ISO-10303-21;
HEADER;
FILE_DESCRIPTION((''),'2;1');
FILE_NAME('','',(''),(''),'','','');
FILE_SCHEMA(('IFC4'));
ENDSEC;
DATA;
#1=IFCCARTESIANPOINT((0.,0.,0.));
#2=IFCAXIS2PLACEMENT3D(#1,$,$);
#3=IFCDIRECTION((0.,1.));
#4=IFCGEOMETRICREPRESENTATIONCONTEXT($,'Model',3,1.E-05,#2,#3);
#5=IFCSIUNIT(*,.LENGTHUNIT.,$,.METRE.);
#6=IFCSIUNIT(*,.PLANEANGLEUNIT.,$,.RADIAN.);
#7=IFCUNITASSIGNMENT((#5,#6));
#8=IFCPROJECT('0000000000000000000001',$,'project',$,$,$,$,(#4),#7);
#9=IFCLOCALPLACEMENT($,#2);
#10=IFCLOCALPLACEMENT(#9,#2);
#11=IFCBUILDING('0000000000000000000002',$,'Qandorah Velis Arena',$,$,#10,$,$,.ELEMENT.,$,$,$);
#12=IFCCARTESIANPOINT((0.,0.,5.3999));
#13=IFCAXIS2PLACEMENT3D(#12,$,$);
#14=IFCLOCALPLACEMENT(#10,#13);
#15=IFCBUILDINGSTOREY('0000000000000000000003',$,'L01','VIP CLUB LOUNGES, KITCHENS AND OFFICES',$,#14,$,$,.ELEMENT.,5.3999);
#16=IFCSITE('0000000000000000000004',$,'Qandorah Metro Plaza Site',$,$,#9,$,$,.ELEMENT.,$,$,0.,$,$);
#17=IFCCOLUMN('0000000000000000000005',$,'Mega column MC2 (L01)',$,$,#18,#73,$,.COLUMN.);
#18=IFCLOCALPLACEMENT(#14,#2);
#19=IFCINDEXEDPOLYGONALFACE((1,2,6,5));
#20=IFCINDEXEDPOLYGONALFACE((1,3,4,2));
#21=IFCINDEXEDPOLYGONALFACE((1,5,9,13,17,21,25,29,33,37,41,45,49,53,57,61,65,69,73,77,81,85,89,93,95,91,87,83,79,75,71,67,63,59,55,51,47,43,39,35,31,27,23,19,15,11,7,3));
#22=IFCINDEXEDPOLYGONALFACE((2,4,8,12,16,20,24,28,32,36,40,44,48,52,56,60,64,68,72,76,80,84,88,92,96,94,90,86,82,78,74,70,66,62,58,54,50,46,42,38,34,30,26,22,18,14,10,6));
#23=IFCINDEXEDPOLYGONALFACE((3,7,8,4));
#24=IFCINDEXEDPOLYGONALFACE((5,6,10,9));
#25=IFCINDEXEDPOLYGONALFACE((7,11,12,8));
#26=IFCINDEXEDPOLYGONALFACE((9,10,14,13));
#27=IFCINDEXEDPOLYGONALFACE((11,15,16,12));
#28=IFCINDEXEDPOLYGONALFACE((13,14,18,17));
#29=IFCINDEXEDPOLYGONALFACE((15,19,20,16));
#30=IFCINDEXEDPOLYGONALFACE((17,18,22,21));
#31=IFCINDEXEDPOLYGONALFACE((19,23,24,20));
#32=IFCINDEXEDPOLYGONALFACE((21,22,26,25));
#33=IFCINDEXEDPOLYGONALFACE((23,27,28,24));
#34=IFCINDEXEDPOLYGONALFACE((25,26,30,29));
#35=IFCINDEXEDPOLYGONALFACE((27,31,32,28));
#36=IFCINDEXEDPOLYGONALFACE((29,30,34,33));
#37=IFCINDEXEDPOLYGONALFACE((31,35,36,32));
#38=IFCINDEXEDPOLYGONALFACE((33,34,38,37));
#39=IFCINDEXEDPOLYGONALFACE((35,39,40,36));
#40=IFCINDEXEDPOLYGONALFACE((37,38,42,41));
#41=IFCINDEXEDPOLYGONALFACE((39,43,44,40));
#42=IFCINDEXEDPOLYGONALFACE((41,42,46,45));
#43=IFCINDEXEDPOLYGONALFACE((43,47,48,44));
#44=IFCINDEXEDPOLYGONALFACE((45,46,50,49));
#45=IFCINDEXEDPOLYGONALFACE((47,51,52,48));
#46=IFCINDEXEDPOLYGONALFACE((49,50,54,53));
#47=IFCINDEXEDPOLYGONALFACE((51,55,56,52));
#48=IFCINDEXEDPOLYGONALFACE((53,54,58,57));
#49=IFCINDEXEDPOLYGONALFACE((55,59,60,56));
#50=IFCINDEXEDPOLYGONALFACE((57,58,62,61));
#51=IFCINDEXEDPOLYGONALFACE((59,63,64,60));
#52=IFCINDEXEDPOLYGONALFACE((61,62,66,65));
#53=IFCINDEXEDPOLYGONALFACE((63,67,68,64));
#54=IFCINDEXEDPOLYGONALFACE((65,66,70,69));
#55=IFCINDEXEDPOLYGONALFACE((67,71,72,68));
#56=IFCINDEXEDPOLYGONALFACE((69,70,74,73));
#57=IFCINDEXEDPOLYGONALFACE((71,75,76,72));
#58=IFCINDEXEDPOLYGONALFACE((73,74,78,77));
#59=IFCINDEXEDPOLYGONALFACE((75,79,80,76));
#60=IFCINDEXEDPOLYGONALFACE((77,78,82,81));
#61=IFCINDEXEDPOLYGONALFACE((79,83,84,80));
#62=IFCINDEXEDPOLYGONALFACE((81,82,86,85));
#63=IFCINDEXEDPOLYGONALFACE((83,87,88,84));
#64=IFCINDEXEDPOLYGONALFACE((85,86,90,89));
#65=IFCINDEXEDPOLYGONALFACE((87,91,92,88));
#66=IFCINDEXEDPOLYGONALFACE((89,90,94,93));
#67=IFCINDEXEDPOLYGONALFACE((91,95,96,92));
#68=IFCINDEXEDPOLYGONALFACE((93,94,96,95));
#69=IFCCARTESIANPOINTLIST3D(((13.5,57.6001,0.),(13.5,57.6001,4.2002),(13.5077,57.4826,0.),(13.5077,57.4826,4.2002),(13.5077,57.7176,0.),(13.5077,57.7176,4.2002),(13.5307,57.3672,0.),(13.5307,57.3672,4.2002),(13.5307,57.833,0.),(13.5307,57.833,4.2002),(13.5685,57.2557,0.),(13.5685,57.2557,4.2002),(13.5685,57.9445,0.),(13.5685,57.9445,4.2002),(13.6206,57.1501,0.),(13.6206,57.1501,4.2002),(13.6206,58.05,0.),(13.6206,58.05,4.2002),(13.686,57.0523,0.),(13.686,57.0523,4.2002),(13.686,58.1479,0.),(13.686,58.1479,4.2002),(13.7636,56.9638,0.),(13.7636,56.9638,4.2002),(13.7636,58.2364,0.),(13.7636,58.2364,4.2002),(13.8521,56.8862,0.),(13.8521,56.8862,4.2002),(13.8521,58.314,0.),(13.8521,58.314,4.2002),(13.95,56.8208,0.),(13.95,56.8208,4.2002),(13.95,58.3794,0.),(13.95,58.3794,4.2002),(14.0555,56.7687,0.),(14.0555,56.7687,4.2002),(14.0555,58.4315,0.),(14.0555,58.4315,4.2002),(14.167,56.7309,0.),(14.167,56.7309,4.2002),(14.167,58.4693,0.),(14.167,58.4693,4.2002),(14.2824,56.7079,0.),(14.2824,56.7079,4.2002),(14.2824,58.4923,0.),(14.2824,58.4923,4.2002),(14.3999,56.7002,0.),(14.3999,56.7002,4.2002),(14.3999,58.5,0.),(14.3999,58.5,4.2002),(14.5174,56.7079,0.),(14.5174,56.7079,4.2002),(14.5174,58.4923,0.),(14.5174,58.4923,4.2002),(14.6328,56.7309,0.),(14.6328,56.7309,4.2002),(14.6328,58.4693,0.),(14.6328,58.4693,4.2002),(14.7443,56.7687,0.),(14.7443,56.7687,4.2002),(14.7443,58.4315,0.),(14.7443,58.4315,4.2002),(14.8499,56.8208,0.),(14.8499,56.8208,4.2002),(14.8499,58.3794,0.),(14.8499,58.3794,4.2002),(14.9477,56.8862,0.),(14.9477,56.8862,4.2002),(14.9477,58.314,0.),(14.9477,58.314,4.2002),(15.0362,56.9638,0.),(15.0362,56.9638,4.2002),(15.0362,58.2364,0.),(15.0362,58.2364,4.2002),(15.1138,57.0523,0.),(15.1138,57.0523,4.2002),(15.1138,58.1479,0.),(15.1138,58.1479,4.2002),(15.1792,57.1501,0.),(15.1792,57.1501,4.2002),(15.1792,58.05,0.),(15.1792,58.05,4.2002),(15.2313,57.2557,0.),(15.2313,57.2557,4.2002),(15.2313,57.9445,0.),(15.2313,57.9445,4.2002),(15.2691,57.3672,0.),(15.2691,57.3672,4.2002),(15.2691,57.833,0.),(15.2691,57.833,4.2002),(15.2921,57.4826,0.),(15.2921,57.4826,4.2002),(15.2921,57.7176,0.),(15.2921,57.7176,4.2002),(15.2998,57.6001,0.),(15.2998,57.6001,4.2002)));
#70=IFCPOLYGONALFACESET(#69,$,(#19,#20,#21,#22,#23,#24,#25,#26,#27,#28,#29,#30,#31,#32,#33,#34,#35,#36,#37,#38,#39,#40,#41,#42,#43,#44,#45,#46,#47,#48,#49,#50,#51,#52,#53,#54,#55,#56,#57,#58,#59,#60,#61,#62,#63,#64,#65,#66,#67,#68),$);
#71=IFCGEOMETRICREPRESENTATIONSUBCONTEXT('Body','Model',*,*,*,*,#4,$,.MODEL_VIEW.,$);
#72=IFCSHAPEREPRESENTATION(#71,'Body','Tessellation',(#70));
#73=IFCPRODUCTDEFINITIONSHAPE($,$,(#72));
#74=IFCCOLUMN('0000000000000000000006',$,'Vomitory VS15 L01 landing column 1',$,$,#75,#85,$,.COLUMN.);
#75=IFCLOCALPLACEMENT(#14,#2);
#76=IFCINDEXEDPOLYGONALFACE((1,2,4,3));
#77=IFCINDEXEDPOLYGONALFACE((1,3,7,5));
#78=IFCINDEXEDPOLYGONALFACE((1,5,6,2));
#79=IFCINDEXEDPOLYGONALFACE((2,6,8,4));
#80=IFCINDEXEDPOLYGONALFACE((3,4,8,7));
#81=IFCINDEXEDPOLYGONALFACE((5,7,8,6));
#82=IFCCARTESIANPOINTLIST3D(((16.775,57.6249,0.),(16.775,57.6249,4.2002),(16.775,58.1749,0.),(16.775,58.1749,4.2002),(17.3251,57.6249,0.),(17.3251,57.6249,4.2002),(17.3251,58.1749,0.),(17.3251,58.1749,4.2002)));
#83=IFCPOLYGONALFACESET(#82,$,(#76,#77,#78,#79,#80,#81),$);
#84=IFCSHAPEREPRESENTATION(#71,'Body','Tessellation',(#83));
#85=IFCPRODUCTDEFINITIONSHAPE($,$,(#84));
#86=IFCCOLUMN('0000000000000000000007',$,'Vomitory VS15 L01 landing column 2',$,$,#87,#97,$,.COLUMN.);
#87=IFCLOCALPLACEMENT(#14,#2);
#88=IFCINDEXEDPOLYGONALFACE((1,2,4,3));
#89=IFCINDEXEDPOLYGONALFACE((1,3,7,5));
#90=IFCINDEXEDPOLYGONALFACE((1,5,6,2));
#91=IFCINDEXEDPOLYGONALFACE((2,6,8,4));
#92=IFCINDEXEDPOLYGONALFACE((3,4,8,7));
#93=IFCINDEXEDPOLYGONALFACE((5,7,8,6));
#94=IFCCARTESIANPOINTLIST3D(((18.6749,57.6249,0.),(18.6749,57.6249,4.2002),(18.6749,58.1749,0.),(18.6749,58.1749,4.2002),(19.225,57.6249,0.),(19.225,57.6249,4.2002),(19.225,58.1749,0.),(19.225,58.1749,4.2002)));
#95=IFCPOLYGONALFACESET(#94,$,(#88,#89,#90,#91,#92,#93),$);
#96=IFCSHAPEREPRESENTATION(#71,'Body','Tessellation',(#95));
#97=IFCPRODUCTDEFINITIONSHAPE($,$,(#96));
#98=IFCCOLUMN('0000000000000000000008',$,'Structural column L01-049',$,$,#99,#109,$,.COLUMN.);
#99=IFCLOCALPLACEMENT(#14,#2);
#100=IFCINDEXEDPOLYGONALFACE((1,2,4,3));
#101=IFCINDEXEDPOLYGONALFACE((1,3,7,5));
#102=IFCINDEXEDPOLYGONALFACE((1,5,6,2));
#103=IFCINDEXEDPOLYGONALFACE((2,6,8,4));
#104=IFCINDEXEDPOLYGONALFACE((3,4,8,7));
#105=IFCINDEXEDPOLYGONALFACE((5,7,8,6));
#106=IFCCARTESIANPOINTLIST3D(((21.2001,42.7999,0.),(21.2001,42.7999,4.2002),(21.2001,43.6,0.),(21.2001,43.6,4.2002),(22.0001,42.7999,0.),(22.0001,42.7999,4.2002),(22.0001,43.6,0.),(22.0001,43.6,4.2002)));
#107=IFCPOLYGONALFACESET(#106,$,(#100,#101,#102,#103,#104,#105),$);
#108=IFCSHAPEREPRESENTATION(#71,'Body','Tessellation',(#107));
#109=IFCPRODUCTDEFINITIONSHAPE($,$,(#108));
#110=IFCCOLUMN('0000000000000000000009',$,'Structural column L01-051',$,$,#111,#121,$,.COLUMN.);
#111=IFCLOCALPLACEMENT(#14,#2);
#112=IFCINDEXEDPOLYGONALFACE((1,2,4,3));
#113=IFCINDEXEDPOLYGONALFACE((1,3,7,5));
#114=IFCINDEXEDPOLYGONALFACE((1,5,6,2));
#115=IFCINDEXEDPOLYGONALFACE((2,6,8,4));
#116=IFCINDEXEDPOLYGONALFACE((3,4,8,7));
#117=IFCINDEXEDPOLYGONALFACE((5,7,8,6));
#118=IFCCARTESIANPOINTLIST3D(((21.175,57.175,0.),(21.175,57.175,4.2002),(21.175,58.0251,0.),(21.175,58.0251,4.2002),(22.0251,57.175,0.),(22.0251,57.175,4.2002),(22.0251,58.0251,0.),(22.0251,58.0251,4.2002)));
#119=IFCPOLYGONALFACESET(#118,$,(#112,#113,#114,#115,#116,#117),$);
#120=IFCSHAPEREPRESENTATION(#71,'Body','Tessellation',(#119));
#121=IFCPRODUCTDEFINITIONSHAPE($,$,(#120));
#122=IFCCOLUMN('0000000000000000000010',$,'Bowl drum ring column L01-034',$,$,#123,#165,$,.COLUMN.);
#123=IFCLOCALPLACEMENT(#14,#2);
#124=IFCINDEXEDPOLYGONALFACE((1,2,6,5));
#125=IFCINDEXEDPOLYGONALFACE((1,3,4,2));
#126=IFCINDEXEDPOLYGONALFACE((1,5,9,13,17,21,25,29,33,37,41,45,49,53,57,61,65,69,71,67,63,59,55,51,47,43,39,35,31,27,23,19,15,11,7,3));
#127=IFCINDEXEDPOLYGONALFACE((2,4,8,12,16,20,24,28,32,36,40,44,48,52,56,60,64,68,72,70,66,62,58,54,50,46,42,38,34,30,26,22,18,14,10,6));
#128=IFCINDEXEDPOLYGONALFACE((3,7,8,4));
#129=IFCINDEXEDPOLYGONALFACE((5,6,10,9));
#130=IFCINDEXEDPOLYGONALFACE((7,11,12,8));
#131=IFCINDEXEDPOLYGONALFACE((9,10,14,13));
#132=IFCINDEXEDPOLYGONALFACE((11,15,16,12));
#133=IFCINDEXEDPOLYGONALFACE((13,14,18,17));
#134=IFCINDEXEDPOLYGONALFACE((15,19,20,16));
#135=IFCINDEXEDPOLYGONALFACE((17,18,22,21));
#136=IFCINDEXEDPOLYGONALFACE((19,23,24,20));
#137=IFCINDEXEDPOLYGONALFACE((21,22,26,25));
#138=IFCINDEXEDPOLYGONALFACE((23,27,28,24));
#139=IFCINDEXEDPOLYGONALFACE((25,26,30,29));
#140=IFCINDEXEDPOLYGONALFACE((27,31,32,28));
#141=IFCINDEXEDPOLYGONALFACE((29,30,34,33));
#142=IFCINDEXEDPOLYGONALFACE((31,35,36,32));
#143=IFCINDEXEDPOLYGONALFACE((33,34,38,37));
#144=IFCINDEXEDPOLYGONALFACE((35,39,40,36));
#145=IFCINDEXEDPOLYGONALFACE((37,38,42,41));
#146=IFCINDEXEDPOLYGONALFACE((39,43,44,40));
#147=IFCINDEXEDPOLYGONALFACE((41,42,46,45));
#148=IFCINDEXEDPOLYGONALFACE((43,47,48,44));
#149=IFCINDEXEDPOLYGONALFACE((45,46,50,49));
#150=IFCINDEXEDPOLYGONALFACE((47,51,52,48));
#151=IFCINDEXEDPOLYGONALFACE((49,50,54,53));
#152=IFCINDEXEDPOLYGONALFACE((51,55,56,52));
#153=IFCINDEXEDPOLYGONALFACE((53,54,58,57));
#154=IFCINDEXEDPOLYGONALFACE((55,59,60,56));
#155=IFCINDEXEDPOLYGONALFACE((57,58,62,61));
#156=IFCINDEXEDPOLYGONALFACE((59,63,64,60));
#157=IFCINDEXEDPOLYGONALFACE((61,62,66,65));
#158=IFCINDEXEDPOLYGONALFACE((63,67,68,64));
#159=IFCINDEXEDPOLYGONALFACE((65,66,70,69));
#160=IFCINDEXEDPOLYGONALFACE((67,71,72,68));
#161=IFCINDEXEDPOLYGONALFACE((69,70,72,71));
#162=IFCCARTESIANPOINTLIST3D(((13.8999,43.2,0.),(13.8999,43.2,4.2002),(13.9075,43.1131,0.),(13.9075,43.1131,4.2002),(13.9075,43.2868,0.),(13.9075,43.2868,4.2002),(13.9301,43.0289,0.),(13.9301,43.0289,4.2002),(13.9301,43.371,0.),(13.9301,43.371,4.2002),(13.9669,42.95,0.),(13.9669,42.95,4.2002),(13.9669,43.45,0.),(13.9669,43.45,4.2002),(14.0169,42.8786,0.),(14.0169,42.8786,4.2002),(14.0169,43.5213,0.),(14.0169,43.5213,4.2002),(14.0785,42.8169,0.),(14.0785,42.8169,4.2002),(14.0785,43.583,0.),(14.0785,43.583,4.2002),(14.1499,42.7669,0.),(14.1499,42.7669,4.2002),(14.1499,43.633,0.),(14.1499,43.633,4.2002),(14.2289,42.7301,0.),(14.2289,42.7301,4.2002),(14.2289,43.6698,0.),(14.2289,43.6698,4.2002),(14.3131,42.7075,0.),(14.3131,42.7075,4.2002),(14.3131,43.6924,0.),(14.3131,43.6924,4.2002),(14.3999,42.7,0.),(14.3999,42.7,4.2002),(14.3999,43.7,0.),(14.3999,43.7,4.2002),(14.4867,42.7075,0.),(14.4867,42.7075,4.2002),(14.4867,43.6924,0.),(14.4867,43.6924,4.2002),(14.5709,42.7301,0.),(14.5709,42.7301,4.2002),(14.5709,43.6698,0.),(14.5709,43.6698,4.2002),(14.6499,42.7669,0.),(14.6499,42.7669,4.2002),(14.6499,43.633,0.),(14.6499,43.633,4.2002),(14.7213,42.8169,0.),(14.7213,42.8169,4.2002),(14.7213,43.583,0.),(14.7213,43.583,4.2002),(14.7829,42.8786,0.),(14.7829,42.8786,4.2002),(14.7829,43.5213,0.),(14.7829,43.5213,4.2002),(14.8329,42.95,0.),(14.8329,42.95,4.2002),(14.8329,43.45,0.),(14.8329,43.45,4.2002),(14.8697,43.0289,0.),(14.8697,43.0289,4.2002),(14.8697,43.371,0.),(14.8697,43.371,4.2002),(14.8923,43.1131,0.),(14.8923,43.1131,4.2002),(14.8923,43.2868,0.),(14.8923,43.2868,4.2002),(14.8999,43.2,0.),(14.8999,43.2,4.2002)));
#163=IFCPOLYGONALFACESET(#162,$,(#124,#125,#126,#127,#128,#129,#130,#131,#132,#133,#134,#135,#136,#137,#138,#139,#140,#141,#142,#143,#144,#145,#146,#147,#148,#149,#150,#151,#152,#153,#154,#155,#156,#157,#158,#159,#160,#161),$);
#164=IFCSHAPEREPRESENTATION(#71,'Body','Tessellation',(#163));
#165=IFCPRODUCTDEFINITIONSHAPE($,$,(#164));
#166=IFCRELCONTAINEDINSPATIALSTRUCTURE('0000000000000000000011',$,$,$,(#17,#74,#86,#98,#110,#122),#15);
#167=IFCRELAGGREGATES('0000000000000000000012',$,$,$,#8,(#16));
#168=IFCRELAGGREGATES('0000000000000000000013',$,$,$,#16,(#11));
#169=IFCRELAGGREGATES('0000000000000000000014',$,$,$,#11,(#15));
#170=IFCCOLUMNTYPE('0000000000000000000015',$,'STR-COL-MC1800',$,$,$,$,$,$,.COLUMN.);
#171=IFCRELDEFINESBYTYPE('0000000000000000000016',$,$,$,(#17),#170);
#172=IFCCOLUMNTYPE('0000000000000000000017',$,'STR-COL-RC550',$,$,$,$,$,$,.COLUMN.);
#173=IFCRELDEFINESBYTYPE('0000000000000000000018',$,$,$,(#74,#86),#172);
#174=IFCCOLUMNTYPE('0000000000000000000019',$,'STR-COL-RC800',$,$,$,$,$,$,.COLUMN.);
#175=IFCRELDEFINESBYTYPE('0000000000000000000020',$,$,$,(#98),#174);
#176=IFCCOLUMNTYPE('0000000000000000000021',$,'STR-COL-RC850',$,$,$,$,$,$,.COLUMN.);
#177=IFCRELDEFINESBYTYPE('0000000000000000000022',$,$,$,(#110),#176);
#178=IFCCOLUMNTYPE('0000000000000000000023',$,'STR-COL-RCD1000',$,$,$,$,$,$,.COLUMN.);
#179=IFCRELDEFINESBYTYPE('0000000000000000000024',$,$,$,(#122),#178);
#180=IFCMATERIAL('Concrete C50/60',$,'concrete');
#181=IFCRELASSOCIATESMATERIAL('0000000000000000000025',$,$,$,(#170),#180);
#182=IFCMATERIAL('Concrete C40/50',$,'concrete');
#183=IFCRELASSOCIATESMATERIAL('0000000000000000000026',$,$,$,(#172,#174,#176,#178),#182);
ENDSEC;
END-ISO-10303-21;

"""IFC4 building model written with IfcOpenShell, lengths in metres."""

from ifc_helpers import new_model, si_unit, direction, frame, origin, origin_2d, place, context, subcontext, project, spatial, rectangle, circle, extrude, material, material_profile, profile_set, type_object, element, save


model = new_model("IFC4")

# Units and contexts
model_context = context("Model", 3, precision=1e-05, world=origin(), true_north=direction((0.0, 1.0)))
body_context = subcontext(model_context, "Body", "Model", "MODEL_VIEW")
ifc_project = project(units=[si_unit("LENGTHUNIT", "METRE"), si_unit("PLANEANGLEUNIT", "RADIAN")], contexts=[model_context])

# Site, building, storey
site_placement = place(None, origin())
site = spatial("IfcSite", under=ifc_project, at=site_placement, Name="Qandorah Metro Plaza Site", CompositionType="ELEMENT", RefElevation=0.0)
building_placement = place(site_placement, origin())
building = spatial("IfcBuilding", under=site, at=building_placement, Name="Qandorah Velis Arena", CompositionType="ELEMENT")
storey_placement = place(building_placement, frame((0.0, 0.0, 5.3999)))
storey = spatial("IfcBuildingStorey", under=building, at=storey_placement, Name="L01", Description="VIP CLUB LOUNGES, KITCHENS AND OFFICES", CompositionType="ELEMENT", Elevation=5.3999)

# Columns
ifc_material_1 = material(Name="Concrete C50/60", Category="concrete")
ifc_material_profile_1 = material_profile(ifc_material_1, circle(Radius=0.8999, at=origin_2d()), Name="MC D1800")
ifc_profile_set_1 = profile_set([ifc_material_profile_1], Name="Concrete C50/60")
column_type_1 = type_object("IfcColumnType", Name="STR-COL-MC1800", PredefinedType="COLUMN", material=ifc_profile_set_1)
column_1_placement = place(storey_placement, frame((14.3999, 57.6001, 0.0), z_axis=(0.0, 0.0, 1.0), x_axis=(1.0, 0.0, 0.0)))
element("IfcColumn", 1, at=column_1_placement, inside=storey, type_object=column_type_1, Name="Mega column MC2 (L01)", PredefinedType="COLUMN", context=body_context, shape_type="SweptSolid", body=[
    extrude(circle(Radius=0.8999, at=origin_2d()), origin(), (0.0, 0.0, 1.0), 4.2002),
])
ifc_material_2 = material(Name="Concrete C40/50", Category="concrete")
ifc_material_profile_2 = material_profile(ifc_material_2, rectangle(XDim=0.55, YDim=0.55, at=origin_2d()), Name="RC COL 550x550")
ifc_profile_set_2 = profile_set([ifc_material_profile_2], Name="Concrete C40/50")
column_type_2 = type_object("IfcColumnType", Name="STR-COL-RC550", PredefinedType="COLUMN", material=ifc_profile_set_2)
for number, where, z_axis, x_axis, name in (
    (2, (17.05, 57.8999, 0.0), (0.0, 0.0, 1.0), (1.0, 0.0, 0.0), "Vomitory VS15 L01 landing column 1"),
    (3, (18.95, 57.8999, 0.0), (0.0, 0.0, 1.0), (1.0, 0.0, 0.0), "Vomitory VS15 L01 landing column 2"),
):
    element("IfcColumn", number, at=place(storey_placement, frame(where, z_axis=z_axis, x_axis=x_axis)), inside=storey, type_object=column_type_2, Name=name, PredefinedType="COLUMN", context=body_context, shape_type="SweptSolid", body=[
        extrude(rectangle(XDim=0.55, YDim=0.55, at=origin_2d()), origin(), (0.0, 0.0, 1.0), 4.2002),
    ])
ifc_material_profile_3 = material_profile(ifc_material_2, rectangle(XDim=0.8, YDim=0.8, at=origin_2d()), Name="RC COL 800x800")
ifc_profile_set_3 = profile_set([ifc_material_profile_3], Name="Concrete C40/50")
column_type_3 = type_object("IfcColumnType", Name="STR-COL-RC800", PredefinedType="COLUMN", material=ifc_profile_set_3)
column_2_placement = place(storey_placement, frame((21.6001, 43.2, 0.0), z_axis=(0.0, 0.0, 1.0), x_axis=(1.0, 0.0, 0.0)))
element("IfcColumn", 4, at=column_2_placement, inside=storey, type_object=column_type_3, Name="Structural column L01-049", PredefinedType="COLUMN", context=body_context, shape_type="SweptSolid", body=[
    extrude(rectangle(XDim=0.8, YDim=0.8, at=origin_2d()), origin(), (0.0, 0.0, 1.0), 4.2002),
])
ifc_material_profile_4 = material_profile(ifc_material_2, rectangle(XDim=0.8501, YDim=0.8501, at=origin_2d()), Name="RC COL 850x850")
ifc_profile_set_4 = profile_set([ifc_material_profile_4], Name="Concrete C40/50")
column_type_4 = type_object("IfcColumnType", Name="STR-COL-RC850", PredefinedType="COLUMN", material=ifc_profile_set_4)
column_3_placement = place(storey_placement, frame((21.6001, 57.6001, 0.0), z_axis=(0.0, 0.0, 1.0), x_axis=(1.0, 0.0, 0.0)))
element("IfcColumn", 5, at=column_3_placement, inside=storey, type_object=column_type_4, Name="Structural column L01-051", PredefinedType="COLUMN", context=body_context, shape_type="SweptSolid", body=[
    extrude(rectangle(XDim=0.8501, YDim=0.8501, at=origin_2d()), origin(), (0.0, 0.0, 1.0), 4.2002),
])
ifc_material_profile_5 = material_profile(ifc_material_2, circle(Radius=0.5, at=origin_2d()), Name="RC D1000")
ifc_profile_set_5 = profile_set([ifc_material_profile_5], Name="Concrete C40/50")
column_type_5 = type_object("IfcColumnType", Name="STR-COL-RCD1000", PredefinedType="COLUMN", material=ifc_profile_set_5)
column_4_placement = place(storey_placement, frame((14.3999, 43.2, 0.0), z_axis=(0.0, 0.0, 1.0), x_axis=(1.0, 0.0, 0.0)))
element("IfcColumn", 6, at=column_4_placement, inside=storey, type_object=column_type_5, Name="Bowl drum ring column L01-034", PredefinedType="COLUMN", context=body_context, shape_type="SweptSolid", body=[
    extrude(circle(Radius=0.5, at=origin_2d()), origin(), (0.0, 0.0, 1.0), 4.2002),
])

save(model, "model.ifc")
